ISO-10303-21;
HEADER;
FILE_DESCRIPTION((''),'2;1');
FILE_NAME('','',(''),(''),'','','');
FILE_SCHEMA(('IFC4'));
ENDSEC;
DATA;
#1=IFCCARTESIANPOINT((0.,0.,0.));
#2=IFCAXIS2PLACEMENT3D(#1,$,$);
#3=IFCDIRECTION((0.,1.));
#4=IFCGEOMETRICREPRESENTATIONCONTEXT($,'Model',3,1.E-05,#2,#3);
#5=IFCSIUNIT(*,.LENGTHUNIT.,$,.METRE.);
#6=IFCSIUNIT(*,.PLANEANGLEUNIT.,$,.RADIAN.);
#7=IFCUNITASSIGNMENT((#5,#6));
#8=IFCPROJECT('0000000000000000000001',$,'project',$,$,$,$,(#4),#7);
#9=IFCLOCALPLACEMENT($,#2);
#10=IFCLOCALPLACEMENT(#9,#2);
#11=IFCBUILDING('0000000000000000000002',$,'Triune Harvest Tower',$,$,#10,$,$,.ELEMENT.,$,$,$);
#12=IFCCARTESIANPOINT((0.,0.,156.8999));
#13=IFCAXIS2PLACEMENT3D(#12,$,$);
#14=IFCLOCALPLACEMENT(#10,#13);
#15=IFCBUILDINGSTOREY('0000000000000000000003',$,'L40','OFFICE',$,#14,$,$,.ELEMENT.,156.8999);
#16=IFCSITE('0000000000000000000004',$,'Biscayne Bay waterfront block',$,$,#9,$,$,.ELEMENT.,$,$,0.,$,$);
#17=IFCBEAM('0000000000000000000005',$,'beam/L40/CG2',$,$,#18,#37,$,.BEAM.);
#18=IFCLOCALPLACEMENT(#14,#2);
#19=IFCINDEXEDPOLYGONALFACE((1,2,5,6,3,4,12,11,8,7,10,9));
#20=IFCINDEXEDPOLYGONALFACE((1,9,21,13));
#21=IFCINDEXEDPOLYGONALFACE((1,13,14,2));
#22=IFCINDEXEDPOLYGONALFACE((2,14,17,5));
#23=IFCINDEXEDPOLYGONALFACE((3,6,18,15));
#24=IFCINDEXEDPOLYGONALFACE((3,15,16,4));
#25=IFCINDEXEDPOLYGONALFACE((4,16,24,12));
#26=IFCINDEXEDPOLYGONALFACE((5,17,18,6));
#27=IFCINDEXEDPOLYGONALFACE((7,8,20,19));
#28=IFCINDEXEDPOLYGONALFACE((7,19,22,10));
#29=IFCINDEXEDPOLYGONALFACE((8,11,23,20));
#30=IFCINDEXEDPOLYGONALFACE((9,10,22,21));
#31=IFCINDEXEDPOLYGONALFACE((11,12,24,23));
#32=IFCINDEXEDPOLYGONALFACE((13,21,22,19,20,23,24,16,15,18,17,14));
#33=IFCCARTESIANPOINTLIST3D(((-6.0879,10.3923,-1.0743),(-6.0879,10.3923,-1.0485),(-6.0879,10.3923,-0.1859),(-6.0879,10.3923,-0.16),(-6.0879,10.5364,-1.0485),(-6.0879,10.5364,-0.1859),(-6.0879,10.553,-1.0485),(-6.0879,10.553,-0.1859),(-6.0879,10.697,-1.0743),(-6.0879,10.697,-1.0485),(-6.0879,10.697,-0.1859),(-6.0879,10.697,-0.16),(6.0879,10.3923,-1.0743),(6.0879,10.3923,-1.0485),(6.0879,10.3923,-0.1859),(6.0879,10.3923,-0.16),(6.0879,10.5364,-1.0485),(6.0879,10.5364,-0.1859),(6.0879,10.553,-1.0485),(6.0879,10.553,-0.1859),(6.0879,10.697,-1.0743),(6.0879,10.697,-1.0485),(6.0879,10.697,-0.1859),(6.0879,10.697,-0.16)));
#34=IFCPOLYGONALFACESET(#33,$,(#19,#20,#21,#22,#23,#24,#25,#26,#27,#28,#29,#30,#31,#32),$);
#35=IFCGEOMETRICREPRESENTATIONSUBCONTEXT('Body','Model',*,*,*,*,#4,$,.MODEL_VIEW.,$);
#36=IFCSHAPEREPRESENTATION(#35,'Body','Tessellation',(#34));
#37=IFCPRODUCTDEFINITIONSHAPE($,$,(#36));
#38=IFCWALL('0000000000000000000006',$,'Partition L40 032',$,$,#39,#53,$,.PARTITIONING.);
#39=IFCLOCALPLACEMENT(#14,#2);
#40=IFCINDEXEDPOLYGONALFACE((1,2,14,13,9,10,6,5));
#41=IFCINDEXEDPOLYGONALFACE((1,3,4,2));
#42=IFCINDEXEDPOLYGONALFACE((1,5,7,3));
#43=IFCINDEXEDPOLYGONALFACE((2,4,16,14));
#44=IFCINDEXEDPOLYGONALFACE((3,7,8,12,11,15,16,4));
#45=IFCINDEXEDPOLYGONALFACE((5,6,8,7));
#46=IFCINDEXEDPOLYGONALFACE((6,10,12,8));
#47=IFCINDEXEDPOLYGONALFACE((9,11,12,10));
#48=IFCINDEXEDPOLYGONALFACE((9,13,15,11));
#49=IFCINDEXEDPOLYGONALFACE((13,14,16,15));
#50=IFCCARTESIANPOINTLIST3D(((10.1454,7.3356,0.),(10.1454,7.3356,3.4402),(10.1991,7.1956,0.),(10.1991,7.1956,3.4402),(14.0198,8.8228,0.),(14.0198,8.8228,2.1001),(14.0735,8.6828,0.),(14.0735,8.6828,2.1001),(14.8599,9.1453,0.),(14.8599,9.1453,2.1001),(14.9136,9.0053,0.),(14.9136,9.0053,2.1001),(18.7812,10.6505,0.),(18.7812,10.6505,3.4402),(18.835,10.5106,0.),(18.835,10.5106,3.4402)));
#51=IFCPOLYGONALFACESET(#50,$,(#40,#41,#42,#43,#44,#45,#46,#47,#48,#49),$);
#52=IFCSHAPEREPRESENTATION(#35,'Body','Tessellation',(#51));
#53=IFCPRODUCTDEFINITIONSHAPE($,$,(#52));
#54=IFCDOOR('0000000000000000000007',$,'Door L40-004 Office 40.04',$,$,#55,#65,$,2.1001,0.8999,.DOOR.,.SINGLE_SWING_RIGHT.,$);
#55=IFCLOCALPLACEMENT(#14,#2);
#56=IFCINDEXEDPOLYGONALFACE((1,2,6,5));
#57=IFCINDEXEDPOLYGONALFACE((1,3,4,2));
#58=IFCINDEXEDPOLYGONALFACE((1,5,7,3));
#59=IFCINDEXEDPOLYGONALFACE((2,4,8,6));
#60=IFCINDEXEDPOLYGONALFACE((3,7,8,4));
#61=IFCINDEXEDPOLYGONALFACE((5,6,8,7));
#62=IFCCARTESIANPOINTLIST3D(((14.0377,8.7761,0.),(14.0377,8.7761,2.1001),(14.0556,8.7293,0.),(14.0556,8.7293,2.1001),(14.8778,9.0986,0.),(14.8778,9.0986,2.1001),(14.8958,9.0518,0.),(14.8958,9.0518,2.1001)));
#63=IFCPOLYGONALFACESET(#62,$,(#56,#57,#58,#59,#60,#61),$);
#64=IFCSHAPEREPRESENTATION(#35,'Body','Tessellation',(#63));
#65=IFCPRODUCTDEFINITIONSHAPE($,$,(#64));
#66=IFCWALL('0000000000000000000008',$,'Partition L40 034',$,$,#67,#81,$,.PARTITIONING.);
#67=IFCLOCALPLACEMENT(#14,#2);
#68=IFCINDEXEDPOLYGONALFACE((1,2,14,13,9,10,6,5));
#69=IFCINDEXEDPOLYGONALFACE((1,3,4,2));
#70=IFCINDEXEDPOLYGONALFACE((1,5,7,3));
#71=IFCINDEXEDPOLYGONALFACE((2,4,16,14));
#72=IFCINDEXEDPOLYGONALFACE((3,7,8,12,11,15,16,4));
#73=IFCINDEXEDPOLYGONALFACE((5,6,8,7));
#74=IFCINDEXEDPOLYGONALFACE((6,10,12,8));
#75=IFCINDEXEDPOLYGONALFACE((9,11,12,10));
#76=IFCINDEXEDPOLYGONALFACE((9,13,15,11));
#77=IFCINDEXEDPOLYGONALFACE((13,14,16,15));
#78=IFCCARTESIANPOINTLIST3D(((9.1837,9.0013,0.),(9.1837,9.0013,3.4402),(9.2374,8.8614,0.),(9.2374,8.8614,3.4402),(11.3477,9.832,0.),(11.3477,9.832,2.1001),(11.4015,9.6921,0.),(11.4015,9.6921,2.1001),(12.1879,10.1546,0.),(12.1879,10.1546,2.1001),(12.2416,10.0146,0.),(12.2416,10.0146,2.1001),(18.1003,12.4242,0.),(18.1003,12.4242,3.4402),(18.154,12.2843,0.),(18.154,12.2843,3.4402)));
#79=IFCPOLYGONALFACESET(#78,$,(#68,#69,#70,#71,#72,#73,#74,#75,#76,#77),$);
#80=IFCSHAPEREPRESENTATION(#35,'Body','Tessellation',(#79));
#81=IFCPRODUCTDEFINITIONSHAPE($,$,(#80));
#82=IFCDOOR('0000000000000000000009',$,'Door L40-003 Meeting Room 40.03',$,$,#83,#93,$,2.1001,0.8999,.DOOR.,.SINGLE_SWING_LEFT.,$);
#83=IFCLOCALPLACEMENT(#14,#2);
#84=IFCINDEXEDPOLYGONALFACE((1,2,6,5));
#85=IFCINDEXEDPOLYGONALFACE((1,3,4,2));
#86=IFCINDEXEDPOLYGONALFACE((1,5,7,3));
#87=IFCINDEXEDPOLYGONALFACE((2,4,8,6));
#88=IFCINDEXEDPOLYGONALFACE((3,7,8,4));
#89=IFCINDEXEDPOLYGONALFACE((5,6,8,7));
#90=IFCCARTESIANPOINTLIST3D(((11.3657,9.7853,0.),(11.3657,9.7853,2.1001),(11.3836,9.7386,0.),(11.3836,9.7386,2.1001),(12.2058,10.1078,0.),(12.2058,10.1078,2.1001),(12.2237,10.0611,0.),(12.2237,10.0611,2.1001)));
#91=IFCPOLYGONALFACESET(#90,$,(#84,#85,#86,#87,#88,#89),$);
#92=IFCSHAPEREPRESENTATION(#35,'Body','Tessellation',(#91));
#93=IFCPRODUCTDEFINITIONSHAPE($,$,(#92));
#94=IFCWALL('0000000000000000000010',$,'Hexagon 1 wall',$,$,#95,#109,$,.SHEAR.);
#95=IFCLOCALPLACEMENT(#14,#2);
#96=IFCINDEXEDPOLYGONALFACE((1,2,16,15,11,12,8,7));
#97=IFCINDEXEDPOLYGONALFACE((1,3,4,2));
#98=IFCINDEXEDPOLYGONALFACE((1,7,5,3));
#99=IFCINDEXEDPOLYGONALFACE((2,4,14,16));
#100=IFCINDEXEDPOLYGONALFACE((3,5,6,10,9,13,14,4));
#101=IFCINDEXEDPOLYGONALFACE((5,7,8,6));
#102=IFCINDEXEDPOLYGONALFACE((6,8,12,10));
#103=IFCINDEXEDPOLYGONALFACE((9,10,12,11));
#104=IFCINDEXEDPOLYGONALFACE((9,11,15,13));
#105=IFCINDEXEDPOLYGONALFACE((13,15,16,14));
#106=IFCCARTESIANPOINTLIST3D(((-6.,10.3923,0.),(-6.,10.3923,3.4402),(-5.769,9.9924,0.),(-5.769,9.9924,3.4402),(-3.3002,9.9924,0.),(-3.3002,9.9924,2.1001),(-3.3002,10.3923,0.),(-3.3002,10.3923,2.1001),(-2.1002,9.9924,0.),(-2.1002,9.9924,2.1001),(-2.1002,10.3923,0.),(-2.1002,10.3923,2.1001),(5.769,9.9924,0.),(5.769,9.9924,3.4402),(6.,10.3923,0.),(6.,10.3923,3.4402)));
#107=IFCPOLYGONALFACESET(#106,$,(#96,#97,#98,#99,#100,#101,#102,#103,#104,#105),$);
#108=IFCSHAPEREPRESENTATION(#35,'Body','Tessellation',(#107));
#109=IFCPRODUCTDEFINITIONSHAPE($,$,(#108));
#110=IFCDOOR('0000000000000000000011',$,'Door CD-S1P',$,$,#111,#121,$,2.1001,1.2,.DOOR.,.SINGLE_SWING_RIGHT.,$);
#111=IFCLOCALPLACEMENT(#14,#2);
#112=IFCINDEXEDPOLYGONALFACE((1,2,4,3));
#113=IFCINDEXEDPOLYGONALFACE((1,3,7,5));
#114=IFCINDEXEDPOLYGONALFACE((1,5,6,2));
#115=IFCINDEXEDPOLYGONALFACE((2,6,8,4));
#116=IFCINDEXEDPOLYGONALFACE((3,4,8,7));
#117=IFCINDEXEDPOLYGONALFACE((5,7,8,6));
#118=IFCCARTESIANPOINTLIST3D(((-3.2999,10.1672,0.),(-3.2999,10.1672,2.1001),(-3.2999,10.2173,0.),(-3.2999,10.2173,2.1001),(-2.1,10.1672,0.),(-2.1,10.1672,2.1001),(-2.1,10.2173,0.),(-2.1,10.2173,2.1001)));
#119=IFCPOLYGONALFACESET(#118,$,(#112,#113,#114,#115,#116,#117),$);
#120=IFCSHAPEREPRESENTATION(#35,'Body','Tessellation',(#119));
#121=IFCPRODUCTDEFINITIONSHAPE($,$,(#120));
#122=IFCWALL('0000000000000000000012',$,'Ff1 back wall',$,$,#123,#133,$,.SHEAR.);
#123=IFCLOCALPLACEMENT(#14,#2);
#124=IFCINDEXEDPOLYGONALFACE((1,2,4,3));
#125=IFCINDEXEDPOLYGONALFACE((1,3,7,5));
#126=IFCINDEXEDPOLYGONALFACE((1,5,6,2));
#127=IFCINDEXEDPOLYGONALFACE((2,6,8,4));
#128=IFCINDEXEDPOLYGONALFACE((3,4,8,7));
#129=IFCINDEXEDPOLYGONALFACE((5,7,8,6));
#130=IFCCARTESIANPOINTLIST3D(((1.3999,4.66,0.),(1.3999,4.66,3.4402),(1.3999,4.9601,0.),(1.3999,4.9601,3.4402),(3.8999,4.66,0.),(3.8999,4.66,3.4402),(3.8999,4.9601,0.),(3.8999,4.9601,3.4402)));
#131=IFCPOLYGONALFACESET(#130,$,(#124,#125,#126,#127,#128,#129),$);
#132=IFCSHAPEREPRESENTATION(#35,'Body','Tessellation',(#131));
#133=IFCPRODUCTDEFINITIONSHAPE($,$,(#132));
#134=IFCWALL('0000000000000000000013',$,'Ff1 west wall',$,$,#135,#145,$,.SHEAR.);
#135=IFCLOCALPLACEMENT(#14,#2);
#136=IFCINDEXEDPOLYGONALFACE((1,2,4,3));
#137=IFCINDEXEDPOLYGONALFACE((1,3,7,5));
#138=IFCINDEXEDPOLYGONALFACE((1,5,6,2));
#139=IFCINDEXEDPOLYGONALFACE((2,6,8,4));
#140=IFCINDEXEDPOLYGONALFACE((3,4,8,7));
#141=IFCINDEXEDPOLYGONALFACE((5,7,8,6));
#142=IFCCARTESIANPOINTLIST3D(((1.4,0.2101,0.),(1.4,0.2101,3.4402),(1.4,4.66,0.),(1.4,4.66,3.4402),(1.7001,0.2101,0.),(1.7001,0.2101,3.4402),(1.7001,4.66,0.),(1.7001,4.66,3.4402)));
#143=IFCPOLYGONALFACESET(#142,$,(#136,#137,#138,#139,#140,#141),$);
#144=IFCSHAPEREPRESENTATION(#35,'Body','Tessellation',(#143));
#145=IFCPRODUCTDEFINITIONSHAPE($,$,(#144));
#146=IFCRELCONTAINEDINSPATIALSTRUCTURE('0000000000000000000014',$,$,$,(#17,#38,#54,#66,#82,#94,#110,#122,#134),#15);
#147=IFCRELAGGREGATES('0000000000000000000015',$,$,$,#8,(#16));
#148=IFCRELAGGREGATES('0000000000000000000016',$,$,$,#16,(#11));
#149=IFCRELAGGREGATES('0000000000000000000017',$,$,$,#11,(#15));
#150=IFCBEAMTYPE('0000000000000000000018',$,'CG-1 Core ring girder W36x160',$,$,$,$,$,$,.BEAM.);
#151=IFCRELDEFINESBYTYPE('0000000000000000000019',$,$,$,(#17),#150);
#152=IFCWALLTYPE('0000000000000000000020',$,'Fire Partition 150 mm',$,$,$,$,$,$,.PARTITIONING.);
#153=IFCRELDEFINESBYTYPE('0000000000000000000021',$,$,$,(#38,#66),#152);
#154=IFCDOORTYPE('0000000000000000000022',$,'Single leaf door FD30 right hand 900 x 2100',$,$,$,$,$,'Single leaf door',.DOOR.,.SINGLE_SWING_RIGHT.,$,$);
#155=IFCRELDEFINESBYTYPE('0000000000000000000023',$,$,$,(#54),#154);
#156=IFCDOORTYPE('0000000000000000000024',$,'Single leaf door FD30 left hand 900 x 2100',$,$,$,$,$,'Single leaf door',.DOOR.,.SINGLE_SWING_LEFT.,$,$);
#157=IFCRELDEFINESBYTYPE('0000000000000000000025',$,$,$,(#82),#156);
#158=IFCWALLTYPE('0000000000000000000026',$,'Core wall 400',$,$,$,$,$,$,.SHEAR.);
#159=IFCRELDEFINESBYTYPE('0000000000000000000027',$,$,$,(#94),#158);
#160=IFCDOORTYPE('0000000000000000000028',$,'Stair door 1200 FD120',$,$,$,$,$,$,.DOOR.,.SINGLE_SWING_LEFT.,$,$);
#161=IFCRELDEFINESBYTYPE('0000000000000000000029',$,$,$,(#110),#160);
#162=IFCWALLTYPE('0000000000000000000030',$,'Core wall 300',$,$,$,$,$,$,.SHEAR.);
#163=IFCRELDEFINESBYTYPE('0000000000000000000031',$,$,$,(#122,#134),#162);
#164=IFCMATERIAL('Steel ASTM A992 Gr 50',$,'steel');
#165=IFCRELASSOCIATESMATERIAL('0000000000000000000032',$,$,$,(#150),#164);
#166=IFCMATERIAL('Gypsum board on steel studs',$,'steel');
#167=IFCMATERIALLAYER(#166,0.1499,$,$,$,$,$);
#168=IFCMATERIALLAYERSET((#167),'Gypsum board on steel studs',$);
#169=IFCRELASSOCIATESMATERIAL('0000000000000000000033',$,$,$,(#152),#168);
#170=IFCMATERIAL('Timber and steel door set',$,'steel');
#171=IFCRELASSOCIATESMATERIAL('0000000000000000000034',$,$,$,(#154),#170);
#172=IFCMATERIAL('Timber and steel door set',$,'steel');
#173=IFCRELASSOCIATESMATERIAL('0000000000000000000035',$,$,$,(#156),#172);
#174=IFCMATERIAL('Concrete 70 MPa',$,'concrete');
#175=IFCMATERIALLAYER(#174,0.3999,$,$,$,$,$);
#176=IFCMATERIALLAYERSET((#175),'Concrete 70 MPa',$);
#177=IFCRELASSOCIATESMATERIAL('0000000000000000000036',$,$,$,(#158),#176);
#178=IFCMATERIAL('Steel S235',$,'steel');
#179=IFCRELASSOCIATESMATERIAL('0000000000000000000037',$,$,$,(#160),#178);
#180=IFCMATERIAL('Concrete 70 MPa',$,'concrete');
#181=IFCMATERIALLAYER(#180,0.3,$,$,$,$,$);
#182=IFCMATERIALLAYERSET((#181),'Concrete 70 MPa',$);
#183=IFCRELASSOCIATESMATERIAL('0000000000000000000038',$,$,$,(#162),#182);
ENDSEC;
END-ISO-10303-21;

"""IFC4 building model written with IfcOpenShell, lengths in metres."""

from ifc_helpers import new_model, si_unit, direction, frame, frame_2d, origin, origin_2d, place, context, subcontext, project, spatial, polyline, rectangle, i_section, outline, extrude, source, transform, mapped, material, layer, layer_set, material_profile, profile_set, type_object, element, fill, save


model = new_model("IFC4")

# Units and contexts
model_context = context("Model", 3, precision=1e-05, world=origin(), true_north=direction((0.0, 1.0)))
body_context = subcontext(model_context, "Body", "Model", "MODEL_VIEW")
ifc_project = project(units=[si_unit("LENGTHUNIT", "METRE"), si_unit("PLANEANGLEUNIT", "RADIAN")], contexts=[model_context])

# Site, building, storey
site_placement = place(None, origin())
site = spatial("IfcSite", under=ifc_project, at=site_placement, Name="Biscayne Bay waterfront block", CompositionType="ELEMENT", RefElevation=0.0)
building_placement = place(site_placement, origin())
building = spatial("IfcBuilding", under=site, at=building_placement, Name="Triune Harvest Tower", CompositionType="ELEMENT")
storey_placement = place(building_placement, frame((0.0, 0.0, 156.8999)))
storey = spatial("IfcBuildingStorey", under=building, at=storey_placement, Name="L40", Description="OFFICE", CompositionType="ELEMENT", Elevation=156.8999)

# Beam
ifc_material_1 = material(Name="Steel ASTM A992 Gr 50", Category="steel")
ifc_material_profile = material_profile(ifc_material_1, i_section(OverallWidth=0.3047, OverallDepth=0.9143, WebThickness=0.0166, FlangeThickness=0.0259, at=origin_2d()), Name="W36x160")
ifc_profile_set = profile_set([ifc_material_profile], Name="Steel ASTM A992 Gr 50")
beam_type = type_object("IfcBeamType", Name="CG-1 Core ring girder W36x160", PredefinedType="BEAM", material=ifc_profile_set)
shared_shape_1 = source(origin(), body_context, "Body", "SweptSolid", [
    extrude(i_section(OverallWidth=0.3047, OverallDepth=0.9143, WebThickness=0.0166, FlangeThickness=0.0259, at=origin_2d()), origin(), (0.0, 0.0, 1.0), 12.1758),
])
beam_placement = place(storey_placement, frame((6.0879, 10.5447, -0.6172), z_axis=(-1.0, 0.0, 0.0), x_axis=(0.0, -1.0, 0.0)))
element("IfcBeam", 1, at=beam_placement, inside=storey, type_object=beam_type, Name="beam/L40/CG2", PredefinedType="BEAM", context=body_context, shape_type="MappedRepresentation", body=[
    mapped(shared_shape_1, transform((0.0, 0.0, 0.0), scale=1.0)),
])

# Walls, openings, doors
ifc_material_2 = material(Name="Gypsum board on steel studs", Category="steel")
ifc_layer_1 = layer(ifc_material_2, 0.1499)
ifc_layer_set_1 = layer_set([ifc_layer_1], Name="Gypsum board on steel studs")
wall_type_1 = type_object("IfcWallType", Name="Fire Partition 150 mm", PredefinedType="PARTITIONING", material=ifc_layer_set_1)
wall_1_placement = place(storey_placement, frame((10.1724, 7.2656, 0.0), z_axis=(0.0, 0.0, 1.0), x_axis=(0.933581, 0.358367, 0.0)))
wall_1 = element("IfcWall", 2, at=wall_1_placement, inside=storey, type_object=wall_type_1, Name="Partition L40 032", PredefinedType="PARTITIONING", context=body_context, shape_type="SweptSolid", body=[
    extrude(rectangle(XDim=9.2502, YDim=0.1499, at=frame_2d((4.625, 0.0))), origin(), (0.0, 0.0, 1.0), 3.4402),
])
opening_1_placement = place(wall_1_placement, frame((4.1499, 0.0, 0.0)))
opening_1 = element("IfcOpeningElement", 3, at=opening_1_placement, cuts=wall_1, PredefinedType="OPENING", context=body_context, shape_type="SweptSolid", body=[
    extrude(rectangle(XDim=0.8999, YDim=2.1001, at=frame_2d((0.45, 1.05))), frame((0.0, 0.085, 0.0), z_axis=(0.0, -1.0, 0.0), x_axis=(1.0, 0.0, 0.0)), (0.0, 0.0, 1.0), 0.1699),
])
ifc_material_3 = material(Name="Timber and steel door set", Category="steel")
door_type_1 = type_object("IfcDoorType", Name="Single leaf door FD30 right hand 900 x 2100", ElementType="Single leaf door", OperationType="SINGLE_SWING_RIGHT", PredefinedType="DOOR", material=ifc_material_3)
door_1_placement = place(opening_1_placement, origin())
door_1 = element("IfcDoor", 4, at=door_1_placement, inside=storey, type_object=door_type_1, Name="Door L40-004 Office 40.04", OperationType="SINGLE_SWING_RIGHT", OverallHeight=2.1001, OverallWidth=0.8999, PredefinedType="DOOR", context=body_context, shape_type="SweptSolid", body=[
    extrude(rectangle(XDim=0.8999, YDim=2.1001, at=frame_2d((0.45, 1.05))), frame((0.0, 0.0249, 0.0), z_axis=(0.0, -1.0, 0.0), x_axis=(1.0, 0.0, 0.0)), (0.0, 0.0, 1.0), 0.05),
])
fill(opening_1, door_1)
wall_2_placement = place(storey_placement, frame((9.2107, 8.9314, 0.0), z_axis=(0.0, 0.0, 1.0), x_axis=(0.933576, 0.358379, 0.0)))
wall_2 = element("IfcWall", 5, at=wall_2_placement, inside=storey, type_object=wall_type_1, Name="Partition L40 034", PredefinedType="PARTITIONING", context=body_context, shape_type="SweptSolid", body=[
    extrude(rectangle(XDim=9.551, YDim=0.1499, at=frame_2d((4.7754, 0.0))), origin(), (0.0, 0.0, 1.0), 3.4402),
])
opening_2_placement = place(wall_2_placement, frame((2.3179, 0.0, 0.0)))
opening_2 = element("IfcOpeningElement", 6, at=opening_2_placement, cuts=wall_2, PredefinedType="OPENING", context=body_context, shape_type="SweptSolid", body=[
    extrude(rectangle(XDim=0.8999, YDim=2.1001, at=frame_2d((0.45, 1.05))), frame((0.0, 0.085, 0.0), z_axis=(0.0, -1.0, 0.0), x_axis=(1.0, 0.0, 0.0)), (0.0, 0.0, 1.0), 0.1699),
])
ifc_material_4 = material(Name="Timber and steel door set", Category="steel")
door_type_2 = type_object("IfcDoorType", Name="Single leaf door FD30 left hand 900 x 2100", ElementType="Single leaf door", OperationType="SINGLE_SWING_LEFT", PredefinedType="DOOR", material=ifc_material_4)
door_2_placement = place(opening_2_placement, origin())
door_2 = element("IfcDoor", 7, at=door_2_placement, inside=storey, type_object=door_type_2, Name="Door L40-003 Meeting Room 40.03", OperationType="SINGLE_SWING_LEFT", OverallHeight=2.1001, OverallWidth=0.8999, PredefinedType="DOOR", context=body_context, shape_type="SweptSolid", body=[
    extrude(rectangle(XDim=0.8999, YDim=2.1001, at=frame_2d((0.45, 1.05))), frame((0.0, 0.0249, 0.0), z_axis=(0.0, -1.0, 0.0), x_axis=(1.0, 0.0, 0.0)), (0.0, 0.0, 1.0), 0.05),
])
fill(opening_2, door_2)
ifc_material_5 = material(Name="Concrete 70 MPa", Category="concrete")
ifc_layer_2 = layer(ifc_material_5, 0.3999)
ifc_layer_set_2 = layer_set([ifc_layer_2], Name="Concrete 70 MPa")
wall_type_2 = type_object("IfcWallType", Name="Core wall 400", PredefinedType="SHEAR", material=ifc_layer_set_2)
shared_shape_2 = source(origin(), body_context, "Body", "SweptSolid", [
    extrude(outline(polyline([(-0.1155, -0.2), (11.8845, -0.2), (11.6536, 0.2), (0.1155, 0.2), (-0.1155, -0.2)])), origin(), (0.0, 0.0, 1.0), 3.4402),
])
wall_3_placement = place(storey_placement, frame((5.8845, 10.1924, 0.0), z_axis=(0.0, 0.0, 1.0), x_axis=(-1.0, 0.0, 0.0)))
wall_3 = element("IfcWall", 8, at=wall_3_placement, inside=storey, type_object=wall_type_2, Name="Hexagon 1 wall", PredefinedType="SHEAR", context=body_context, shape_type="MappedRepresentation", body=[
    mapped(shared_shape_2, transform((0.0, 0.0, 0.0), scale=1.0)),
])
opening_3_placement = place(wall_3_placement, frame((7.9846, 0.0, 0.0)))
opening_3 = element("IfcOpeningElement", 9, at=opening_3_placement, cuts=wall_3, PredefinedType="OPENING", context=body_context, shape_type="SweptSolid", body=[
    extrude(rectangle(XDim=1.2, YDim=2.1001, at=frame_2d((0.6001, 1.05))), frame((0.0, 0.21, 0.0), z_axis=(0.0, -1.0, 0.0), x_axis=(1.0, 0.0, 0.0)), (0.0, 0.0, 1.0), 0.4199),
])
ifc_material_6 = material(Name="Steel S235", Category="steel")
door_type_3 = type_object("IfcDoorType", Name="Stair door 1200 FD120", OperationType="SINGLE_SWING_LEFT", PredefinedType="DOOR", material=ifc_material_6)
door_3_placement = place(opening_3_placement, frame((1.2, 0.0, 0.0), z_axis=(0.0, 0.0, 1.0), x_axis=(-1.0, 0.0, 0.0)))
door_3 = element("IfcDoor", 10, at=door_3_placement, inside=storey, type_object=door_type_3, Name="Door CD-S1P", OperationType="SINGLE_SWING_RIGHT", OverallHeight=2.1001, OverallWidth=1.2, PredefinedType="DOOR", context=body_context, shape_type="SweptSolid", body=[
    extrude(rectangle(XDim=1.2, YDim=2.1001, at=frame_2d((0.6001, 1.05))), frame((0.0, 0.0249, 0.0), z_axis=(0.0, -1.0, 0.0), x_axis=(1.0, 0.0, 0.0)), (0.0, 0.0, 1.0), 0.05),
])
fill(opening_3, door_3)

# Walls
ifc_material_7 = material(Name="Concrete 70 MPa", Category="concrete")
ifc_layer_3 = layer(ifc_material_7, 0.3)
ifc_layer_set_3 = layer_set([ifc_layer_3], Name="Concrete 70 MPa")
wall_type_3 = type_object("IfcWallType", Name="Core wall 300", PredefinedType="SHEAR", material=ifc_layer_set_3)
shared_shape_3 = source(origin(), body_context, "Body", "SweptSolid", [
    extrude(rectangle(XDim=2.5, YDim=0.3, at=frame_2d((1.25, 0.0))), origin(), (0.0, 0.0, 1.0), 3.4402),
])
wall_4_placement = place(storey_placement, frame((1.3999, 4.8101, 0.0), z_axis=(0.0, 0.0, 1.0), x_axis=(1.0, 0.0, 0.0)))
element("IfcWall", 11, at=wall_4_placement, inside=storey, type_object=wall_type_3, Name="Ff1 back wall", PredefinedType="SHEAR", context=body_context, shape_type="MappedRepresentation", body=[
    mapped(shared_shape_3, transform((0.0, 0.0, 0.0), scale=1.0)),
])
shared_shape_4 = source(origin(), body_context, "Body", "SweptSolid", [
    extrude(rectangle(XDim=4.45, YDim=0.3, at=frame_2d((2.2251, 0.0))), origin(), (0.0, 0.0, 1.0), 3.4402),
])
wall_5_placement = place(storey_placement, frame((1.55, 0.21, 0.0), z_axis=(0.0, 0.0, 1.0), x_axis=(0.0, 1.0, 0.0)))
element("IfcWall", 12, at=wall_5_placement, inside=storey, type_object=wall_type_3, Name="Ff1 west wall", PredefinedType="SHEAR", context=body_context, shape_type="MappedRepresentation", body=[
    mapped(shared_shape_4, transform((0.0, 0.0, 0.0), scale=1.0)),
])

save(model, "model.ifc")
